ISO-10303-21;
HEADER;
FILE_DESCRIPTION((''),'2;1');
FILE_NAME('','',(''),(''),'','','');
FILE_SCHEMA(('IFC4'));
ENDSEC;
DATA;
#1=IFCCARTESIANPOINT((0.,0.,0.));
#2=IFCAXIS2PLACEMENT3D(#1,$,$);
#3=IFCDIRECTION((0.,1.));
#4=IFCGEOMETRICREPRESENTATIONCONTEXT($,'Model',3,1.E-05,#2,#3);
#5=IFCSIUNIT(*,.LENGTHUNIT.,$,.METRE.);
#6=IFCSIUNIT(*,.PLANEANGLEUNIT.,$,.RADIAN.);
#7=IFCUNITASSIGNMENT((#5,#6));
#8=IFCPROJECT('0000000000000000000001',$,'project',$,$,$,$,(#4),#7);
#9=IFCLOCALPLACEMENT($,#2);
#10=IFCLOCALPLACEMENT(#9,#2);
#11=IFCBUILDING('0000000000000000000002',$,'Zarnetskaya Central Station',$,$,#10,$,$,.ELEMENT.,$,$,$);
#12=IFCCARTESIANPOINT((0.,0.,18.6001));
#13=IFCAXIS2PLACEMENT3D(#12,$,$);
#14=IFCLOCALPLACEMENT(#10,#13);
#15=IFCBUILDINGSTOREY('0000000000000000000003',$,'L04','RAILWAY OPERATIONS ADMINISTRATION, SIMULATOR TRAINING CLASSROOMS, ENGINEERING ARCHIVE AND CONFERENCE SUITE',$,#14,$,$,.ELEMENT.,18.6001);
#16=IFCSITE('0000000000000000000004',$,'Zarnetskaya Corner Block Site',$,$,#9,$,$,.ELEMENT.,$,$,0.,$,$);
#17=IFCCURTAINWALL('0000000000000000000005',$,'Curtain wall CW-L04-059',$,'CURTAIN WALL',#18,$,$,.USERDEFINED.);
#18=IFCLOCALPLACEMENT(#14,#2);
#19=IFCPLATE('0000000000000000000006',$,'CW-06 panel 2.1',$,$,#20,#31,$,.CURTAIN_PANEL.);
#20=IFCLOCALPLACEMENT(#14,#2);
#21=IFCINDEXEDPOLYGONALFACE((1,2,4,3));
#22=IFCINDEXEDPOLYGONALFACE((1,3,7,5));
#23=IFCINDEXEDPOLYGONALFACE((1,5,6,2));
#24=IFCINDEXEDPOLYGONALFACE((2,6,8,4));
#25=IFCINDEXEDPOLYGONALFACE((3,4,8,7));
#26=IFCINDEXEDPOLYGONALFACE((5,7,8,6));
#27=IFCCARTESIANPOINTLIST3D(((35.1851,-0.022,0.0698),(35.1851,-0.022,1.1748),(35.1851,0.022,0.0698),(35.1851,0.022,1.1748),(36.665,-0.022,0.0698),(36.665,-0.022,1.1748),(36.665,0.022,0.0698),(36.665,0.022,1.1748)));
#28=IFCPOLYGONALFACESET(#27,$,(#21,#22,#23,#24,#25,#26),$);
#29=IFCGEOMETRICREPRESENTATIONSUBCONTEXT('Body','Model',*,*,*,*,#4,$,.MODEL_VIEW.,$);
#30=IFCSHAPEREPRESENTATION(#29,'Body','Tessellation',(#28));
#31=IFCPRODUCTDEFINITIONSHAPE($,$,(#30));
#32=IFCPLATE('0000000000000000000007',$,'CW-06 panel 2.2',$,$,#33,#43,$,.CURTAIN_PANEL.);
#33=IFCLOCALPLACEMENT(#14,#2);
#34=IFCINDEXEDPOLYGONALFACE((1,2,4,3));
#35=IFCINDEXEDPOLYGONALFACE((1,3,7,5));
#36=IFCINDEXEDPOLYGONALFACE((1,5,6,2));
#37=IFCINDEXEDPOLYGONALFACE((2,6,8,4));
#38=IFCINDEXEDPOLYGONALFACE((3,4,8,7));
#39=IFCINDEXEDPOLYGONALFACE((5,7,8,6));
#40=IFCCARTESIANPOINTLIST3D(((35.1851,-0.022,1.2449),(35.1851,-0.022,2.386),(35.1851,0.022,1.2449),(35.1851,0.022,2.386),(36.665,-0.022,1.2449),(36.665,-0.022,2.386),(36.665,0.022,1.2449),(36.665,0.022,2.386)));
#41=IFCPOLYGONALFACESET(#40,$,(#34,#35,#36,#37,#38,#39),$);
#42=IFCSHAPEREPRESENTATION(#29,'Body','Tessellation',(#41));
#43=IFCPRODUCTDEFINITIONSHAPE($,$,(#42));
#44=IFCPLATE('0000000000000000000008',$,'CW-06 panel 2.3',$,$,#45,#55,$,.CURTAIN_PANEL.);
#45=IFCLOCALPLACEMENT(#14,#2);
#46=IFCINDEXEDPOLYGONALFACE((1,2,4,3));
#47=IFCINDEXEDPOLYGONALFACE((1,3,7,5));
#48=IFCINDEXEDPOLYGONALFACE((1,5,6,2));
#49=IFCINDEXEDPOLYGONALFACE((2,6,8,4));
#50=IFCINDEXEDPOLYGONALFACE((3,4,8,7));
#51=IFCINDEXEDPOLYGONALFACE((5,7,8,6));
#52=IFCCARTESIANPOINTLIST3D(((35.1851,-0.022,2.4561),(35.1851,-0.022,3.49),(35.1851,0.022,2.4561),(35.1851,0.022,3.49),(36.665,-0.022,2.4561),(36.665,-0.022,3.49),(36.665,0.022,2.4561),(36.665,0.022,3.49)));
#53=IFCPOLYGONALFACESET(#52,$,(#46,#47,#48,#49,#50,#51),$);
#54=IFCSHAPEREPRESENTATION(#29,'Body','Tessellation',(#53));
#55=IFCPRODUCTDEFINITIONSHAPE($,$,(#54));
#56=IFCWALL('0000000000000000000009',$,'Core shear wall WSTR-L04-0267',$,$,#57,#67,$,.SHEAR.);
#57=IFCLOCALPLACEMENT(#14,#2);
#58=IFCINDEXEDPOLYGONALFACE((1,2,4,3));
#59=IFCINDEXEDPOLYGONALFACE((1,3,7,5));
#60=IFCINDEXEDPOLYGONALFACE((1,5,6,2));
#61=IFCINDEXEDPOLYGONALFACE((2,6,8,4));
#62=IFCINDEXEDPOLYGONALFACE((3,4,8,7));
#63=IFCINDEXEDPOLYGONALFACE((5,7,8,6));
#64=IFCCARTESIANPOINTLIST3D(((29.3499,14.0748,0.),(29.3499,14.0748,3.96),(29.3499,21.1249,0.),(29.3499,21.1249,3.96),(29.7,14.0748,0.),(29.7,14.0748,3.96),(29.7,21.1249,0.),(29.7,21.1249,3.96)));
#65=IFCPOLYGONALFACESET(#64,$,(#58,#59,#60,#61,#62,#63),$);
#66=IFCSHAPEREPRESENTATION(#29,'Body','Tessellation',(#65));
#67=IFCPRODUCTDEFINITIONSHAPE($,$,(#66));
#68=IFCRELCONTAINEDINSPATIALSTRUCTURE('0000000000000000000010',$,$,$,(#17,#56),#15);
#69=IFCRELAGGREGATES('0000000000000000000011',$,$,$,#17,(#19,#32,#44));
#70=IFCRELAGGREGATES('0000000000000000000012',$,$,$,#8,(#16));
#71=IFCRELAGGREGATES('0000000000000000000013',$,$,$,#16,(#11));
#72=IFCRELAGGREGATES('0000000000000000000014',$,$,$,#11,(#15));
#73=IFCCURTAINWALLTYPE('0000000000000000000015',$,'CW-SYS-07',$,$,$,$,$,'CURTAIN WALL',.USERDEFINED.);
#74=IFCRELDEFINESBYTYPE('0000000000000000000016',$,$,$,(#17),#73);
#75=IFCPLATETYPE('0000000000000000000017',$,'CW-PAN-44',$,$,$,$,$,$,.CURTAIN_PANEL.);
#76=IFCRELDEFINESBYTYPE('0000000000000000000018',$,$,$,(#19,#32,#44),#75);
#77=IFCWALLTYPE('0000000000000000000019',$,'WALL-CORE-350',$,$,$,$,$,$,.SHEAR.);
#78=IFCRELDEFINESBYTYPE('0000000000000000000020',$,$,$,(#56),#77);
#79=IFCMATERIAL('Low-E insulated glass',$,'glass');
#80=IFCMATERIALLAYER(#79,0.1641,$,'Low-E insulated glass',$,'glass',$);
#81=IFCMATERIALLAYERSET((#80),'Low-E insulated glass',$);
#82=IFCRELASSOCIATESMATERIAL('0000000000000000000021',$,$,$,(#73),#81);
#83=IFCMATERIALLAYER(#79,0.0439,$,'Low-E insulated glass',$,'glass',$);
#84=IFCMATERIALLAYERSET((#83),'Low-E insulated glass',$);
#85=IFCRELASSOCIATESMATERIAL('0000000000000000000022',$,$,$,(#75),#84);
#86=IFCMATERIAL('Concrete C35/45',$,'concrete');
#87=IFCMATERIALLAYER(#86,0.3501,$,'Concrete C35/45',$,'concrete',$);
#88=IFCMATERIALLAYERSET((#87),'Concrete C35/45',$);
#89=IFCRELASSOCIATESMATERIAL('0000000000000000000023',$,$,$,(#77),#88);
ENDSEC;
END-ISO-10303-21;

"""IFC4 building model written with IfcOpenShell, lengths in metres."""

from ifc_helpers import new_model, si_unit, direction, frame, frame_2d, origin, origin_2d, place, context, subcontext, project, spatial, rectangle, extrude, material, layer, layer_set, type_object, element, aggregate, save


model = new_model("IFC4")

# Units and contexts
model_context = context("Model", 3, precision=1e-05, world=origin(), true_north=direction((0.0, 1.0)))
body_context = subcontext(model_context, "Body", "Model", "MODEL_VIEW")
ifc_project = project(units=[si_unit("LENGTHUNIT", "METRE"), si_unit("PLANEANGLEUNIT", "RADIAN")], contexts=[model_context])

# Site, building, storey
site_placement = place(None, origin())
site = spatial("IfcSite", under=ifc_project, at=site_placement, Name="Zarnetskaya Corner Block Site", CompositionType="ELEMENT", RefElevation=0.0)
building_placement = place(site_placement, origin())
building = spatial("IfcBuilding", under=site, at=building_placement, Name="Zarnetskaya Central Station", CompositionType="ELEMENT")
storey_placement = place(building_placement, frame((0.0, 0.0, 18.6001)))
storey = spatial("IfcBuildingStorey", under=building, at=storey_placement, Name="L04", Description="RAILWAY OPERATIONS ADMINISTRATION, SIMULATOR TRAINING CLASSROOMS, ENGINEERING ARCHIVE AND CONFERENCE SUITE", CompositionType="ELEMENT", Elevation=18.6001)

# Curtain wall
ifc_material_1 = material(Name="Low-E insulated glass", Category="glass")
ifc_layer_1 = layer(ifc_material_1, 0.1641, Name="Low-E insulated glass", Category="glass")
ifc_layer_set_1 = layer_set([ifc_layer_1], Name="Low-E insulated glass")
curtain_wall_type = type_object("IfcCurtainWallType", Name="CW-SYS-07", ElementType="CURTAIN WALL", PredefinedType="USERDEFINED", material=ifc_layer_set_1)
curtain_wall_placement = place(storey_placement, origin())
curtain_wall = element("IfcCurtainWall", 1, at=curtain_wall_placement, inside=storey, type_object=curtain_wall_type, Name="Curtain wall CW-L04-059", ObjectType="CURTAIN WALL", PredefinedType="USERDEFINED")

# Plates
ifc_layer_2 = layer(ifc_material_1, 0.0439, Name="Low-E insulated glass", Category="glass")
ifc_layer_set_2 = layer_set([ifc_layer_2], Name="Low-E insulated glass")
plate_type = type_object("IfcPlateType", Name="CW-PAN-44", PredefinedType="CURTAIN_PANEL", material=ifc_layer_set_2)
plate_1_placement = place(storey_placement, frame((35.925, 0.0, 0.0698), z_axis=(0.0, 0.0, 1.0), x_axis=(-1.0, 0.0, 0.0)))
plate_1 = element("IfcPlate", 2, at=plate_1_placement, type_object=plate_type, Name="CW-06 panel 2.1", PredefinedType="CURTAIN_PANEL", context=body_context, shape_type="SweptSolid", body=[
    extrude(rectangle(XDim=1.48, YDim=0.0439, at=origin_2d()), origin(), (0.0, 0.0, 1.0), 1.105),
])
plate_2_placement = place(storey_placement, frame((35.925, 0.0, 1.2449), z_axis=(0.0, 0.0, 1.0), x_axis=(-1.0, 0.0, 0.0)))
plate_2 = element("IfcPlate", 3, at=plate_2_placement, type_object=plate_type, Name="CW-06 panel 2.2", PredefinedType="CURTAIN_PANEL", context=body_context, shape_type="SweptSolid", body=[
    extrude(rectangle(XDim=1.48, YDim=0.0439, at=origin_2d()), origin(), (0.0, 0.0, 1.0), 1.1411),
])
plate_3_placement = place(storey_placement, frame((35.925, 0.0, 2.4561), z_axis=(0.0, 0.0, 1.0), x_axis=(-1.0, 0.0, 0.0)))
plate_3 = element("IfcPlate", 4, at=plate_3_placement, type_object=plate_type, Name="CW-06 panel 2.3", PredefinedType="CURTAIN_PANEL", context=body_context, shape_type="SweptSolid", body=[
    extrude(rectangle(XDim=1.48, YDim=0.0439, at=origin_2d()), origin(), (0.0, 0.0, 1.0), 1.0339),
])
aggregate(curtain_wall, [plate_1, plate_2, plate_3])

# Shared definitions
ifc_material_2 = material(Name="Concrete C35/45", Category="concrete")
ifc_layer_3 = layer(ifc_material_2, 0.3501, Name="Concrete C35/45", Category="concrete")
ifc_layer_set_3 = layer_set([ifc_layer_3], Name="Concrete C35/45")
wall_type = type_object("IfcWallType", Name="WALL-CORE-350", PredefinedType="SHEAR", material=ifc_layer_set_3)

# Wall
wall_1_placement = place(storey_placement, frame((29.5249, 14.075, 0.0), z_axis=(0.0, 0.0, 1.0), x_axis=(0.0, 1.0, 0.0)))
element("IfcWall", 5, at=wall_1_placement, inside=storey, type_object=wall_type, Name="Core shear wall WSTR-L04-0267", PredefinedType="SHEAR", context=body_context, shape_type="SweptSolid", body=[
    extrude(rectangle(XDim=7.05, YDim=0.3501, at=frame_2d((3.5249, 0.0))), origin(), (0.0, 0.0, 1.0), 3.96),
])

save(model, "model.ifc")
